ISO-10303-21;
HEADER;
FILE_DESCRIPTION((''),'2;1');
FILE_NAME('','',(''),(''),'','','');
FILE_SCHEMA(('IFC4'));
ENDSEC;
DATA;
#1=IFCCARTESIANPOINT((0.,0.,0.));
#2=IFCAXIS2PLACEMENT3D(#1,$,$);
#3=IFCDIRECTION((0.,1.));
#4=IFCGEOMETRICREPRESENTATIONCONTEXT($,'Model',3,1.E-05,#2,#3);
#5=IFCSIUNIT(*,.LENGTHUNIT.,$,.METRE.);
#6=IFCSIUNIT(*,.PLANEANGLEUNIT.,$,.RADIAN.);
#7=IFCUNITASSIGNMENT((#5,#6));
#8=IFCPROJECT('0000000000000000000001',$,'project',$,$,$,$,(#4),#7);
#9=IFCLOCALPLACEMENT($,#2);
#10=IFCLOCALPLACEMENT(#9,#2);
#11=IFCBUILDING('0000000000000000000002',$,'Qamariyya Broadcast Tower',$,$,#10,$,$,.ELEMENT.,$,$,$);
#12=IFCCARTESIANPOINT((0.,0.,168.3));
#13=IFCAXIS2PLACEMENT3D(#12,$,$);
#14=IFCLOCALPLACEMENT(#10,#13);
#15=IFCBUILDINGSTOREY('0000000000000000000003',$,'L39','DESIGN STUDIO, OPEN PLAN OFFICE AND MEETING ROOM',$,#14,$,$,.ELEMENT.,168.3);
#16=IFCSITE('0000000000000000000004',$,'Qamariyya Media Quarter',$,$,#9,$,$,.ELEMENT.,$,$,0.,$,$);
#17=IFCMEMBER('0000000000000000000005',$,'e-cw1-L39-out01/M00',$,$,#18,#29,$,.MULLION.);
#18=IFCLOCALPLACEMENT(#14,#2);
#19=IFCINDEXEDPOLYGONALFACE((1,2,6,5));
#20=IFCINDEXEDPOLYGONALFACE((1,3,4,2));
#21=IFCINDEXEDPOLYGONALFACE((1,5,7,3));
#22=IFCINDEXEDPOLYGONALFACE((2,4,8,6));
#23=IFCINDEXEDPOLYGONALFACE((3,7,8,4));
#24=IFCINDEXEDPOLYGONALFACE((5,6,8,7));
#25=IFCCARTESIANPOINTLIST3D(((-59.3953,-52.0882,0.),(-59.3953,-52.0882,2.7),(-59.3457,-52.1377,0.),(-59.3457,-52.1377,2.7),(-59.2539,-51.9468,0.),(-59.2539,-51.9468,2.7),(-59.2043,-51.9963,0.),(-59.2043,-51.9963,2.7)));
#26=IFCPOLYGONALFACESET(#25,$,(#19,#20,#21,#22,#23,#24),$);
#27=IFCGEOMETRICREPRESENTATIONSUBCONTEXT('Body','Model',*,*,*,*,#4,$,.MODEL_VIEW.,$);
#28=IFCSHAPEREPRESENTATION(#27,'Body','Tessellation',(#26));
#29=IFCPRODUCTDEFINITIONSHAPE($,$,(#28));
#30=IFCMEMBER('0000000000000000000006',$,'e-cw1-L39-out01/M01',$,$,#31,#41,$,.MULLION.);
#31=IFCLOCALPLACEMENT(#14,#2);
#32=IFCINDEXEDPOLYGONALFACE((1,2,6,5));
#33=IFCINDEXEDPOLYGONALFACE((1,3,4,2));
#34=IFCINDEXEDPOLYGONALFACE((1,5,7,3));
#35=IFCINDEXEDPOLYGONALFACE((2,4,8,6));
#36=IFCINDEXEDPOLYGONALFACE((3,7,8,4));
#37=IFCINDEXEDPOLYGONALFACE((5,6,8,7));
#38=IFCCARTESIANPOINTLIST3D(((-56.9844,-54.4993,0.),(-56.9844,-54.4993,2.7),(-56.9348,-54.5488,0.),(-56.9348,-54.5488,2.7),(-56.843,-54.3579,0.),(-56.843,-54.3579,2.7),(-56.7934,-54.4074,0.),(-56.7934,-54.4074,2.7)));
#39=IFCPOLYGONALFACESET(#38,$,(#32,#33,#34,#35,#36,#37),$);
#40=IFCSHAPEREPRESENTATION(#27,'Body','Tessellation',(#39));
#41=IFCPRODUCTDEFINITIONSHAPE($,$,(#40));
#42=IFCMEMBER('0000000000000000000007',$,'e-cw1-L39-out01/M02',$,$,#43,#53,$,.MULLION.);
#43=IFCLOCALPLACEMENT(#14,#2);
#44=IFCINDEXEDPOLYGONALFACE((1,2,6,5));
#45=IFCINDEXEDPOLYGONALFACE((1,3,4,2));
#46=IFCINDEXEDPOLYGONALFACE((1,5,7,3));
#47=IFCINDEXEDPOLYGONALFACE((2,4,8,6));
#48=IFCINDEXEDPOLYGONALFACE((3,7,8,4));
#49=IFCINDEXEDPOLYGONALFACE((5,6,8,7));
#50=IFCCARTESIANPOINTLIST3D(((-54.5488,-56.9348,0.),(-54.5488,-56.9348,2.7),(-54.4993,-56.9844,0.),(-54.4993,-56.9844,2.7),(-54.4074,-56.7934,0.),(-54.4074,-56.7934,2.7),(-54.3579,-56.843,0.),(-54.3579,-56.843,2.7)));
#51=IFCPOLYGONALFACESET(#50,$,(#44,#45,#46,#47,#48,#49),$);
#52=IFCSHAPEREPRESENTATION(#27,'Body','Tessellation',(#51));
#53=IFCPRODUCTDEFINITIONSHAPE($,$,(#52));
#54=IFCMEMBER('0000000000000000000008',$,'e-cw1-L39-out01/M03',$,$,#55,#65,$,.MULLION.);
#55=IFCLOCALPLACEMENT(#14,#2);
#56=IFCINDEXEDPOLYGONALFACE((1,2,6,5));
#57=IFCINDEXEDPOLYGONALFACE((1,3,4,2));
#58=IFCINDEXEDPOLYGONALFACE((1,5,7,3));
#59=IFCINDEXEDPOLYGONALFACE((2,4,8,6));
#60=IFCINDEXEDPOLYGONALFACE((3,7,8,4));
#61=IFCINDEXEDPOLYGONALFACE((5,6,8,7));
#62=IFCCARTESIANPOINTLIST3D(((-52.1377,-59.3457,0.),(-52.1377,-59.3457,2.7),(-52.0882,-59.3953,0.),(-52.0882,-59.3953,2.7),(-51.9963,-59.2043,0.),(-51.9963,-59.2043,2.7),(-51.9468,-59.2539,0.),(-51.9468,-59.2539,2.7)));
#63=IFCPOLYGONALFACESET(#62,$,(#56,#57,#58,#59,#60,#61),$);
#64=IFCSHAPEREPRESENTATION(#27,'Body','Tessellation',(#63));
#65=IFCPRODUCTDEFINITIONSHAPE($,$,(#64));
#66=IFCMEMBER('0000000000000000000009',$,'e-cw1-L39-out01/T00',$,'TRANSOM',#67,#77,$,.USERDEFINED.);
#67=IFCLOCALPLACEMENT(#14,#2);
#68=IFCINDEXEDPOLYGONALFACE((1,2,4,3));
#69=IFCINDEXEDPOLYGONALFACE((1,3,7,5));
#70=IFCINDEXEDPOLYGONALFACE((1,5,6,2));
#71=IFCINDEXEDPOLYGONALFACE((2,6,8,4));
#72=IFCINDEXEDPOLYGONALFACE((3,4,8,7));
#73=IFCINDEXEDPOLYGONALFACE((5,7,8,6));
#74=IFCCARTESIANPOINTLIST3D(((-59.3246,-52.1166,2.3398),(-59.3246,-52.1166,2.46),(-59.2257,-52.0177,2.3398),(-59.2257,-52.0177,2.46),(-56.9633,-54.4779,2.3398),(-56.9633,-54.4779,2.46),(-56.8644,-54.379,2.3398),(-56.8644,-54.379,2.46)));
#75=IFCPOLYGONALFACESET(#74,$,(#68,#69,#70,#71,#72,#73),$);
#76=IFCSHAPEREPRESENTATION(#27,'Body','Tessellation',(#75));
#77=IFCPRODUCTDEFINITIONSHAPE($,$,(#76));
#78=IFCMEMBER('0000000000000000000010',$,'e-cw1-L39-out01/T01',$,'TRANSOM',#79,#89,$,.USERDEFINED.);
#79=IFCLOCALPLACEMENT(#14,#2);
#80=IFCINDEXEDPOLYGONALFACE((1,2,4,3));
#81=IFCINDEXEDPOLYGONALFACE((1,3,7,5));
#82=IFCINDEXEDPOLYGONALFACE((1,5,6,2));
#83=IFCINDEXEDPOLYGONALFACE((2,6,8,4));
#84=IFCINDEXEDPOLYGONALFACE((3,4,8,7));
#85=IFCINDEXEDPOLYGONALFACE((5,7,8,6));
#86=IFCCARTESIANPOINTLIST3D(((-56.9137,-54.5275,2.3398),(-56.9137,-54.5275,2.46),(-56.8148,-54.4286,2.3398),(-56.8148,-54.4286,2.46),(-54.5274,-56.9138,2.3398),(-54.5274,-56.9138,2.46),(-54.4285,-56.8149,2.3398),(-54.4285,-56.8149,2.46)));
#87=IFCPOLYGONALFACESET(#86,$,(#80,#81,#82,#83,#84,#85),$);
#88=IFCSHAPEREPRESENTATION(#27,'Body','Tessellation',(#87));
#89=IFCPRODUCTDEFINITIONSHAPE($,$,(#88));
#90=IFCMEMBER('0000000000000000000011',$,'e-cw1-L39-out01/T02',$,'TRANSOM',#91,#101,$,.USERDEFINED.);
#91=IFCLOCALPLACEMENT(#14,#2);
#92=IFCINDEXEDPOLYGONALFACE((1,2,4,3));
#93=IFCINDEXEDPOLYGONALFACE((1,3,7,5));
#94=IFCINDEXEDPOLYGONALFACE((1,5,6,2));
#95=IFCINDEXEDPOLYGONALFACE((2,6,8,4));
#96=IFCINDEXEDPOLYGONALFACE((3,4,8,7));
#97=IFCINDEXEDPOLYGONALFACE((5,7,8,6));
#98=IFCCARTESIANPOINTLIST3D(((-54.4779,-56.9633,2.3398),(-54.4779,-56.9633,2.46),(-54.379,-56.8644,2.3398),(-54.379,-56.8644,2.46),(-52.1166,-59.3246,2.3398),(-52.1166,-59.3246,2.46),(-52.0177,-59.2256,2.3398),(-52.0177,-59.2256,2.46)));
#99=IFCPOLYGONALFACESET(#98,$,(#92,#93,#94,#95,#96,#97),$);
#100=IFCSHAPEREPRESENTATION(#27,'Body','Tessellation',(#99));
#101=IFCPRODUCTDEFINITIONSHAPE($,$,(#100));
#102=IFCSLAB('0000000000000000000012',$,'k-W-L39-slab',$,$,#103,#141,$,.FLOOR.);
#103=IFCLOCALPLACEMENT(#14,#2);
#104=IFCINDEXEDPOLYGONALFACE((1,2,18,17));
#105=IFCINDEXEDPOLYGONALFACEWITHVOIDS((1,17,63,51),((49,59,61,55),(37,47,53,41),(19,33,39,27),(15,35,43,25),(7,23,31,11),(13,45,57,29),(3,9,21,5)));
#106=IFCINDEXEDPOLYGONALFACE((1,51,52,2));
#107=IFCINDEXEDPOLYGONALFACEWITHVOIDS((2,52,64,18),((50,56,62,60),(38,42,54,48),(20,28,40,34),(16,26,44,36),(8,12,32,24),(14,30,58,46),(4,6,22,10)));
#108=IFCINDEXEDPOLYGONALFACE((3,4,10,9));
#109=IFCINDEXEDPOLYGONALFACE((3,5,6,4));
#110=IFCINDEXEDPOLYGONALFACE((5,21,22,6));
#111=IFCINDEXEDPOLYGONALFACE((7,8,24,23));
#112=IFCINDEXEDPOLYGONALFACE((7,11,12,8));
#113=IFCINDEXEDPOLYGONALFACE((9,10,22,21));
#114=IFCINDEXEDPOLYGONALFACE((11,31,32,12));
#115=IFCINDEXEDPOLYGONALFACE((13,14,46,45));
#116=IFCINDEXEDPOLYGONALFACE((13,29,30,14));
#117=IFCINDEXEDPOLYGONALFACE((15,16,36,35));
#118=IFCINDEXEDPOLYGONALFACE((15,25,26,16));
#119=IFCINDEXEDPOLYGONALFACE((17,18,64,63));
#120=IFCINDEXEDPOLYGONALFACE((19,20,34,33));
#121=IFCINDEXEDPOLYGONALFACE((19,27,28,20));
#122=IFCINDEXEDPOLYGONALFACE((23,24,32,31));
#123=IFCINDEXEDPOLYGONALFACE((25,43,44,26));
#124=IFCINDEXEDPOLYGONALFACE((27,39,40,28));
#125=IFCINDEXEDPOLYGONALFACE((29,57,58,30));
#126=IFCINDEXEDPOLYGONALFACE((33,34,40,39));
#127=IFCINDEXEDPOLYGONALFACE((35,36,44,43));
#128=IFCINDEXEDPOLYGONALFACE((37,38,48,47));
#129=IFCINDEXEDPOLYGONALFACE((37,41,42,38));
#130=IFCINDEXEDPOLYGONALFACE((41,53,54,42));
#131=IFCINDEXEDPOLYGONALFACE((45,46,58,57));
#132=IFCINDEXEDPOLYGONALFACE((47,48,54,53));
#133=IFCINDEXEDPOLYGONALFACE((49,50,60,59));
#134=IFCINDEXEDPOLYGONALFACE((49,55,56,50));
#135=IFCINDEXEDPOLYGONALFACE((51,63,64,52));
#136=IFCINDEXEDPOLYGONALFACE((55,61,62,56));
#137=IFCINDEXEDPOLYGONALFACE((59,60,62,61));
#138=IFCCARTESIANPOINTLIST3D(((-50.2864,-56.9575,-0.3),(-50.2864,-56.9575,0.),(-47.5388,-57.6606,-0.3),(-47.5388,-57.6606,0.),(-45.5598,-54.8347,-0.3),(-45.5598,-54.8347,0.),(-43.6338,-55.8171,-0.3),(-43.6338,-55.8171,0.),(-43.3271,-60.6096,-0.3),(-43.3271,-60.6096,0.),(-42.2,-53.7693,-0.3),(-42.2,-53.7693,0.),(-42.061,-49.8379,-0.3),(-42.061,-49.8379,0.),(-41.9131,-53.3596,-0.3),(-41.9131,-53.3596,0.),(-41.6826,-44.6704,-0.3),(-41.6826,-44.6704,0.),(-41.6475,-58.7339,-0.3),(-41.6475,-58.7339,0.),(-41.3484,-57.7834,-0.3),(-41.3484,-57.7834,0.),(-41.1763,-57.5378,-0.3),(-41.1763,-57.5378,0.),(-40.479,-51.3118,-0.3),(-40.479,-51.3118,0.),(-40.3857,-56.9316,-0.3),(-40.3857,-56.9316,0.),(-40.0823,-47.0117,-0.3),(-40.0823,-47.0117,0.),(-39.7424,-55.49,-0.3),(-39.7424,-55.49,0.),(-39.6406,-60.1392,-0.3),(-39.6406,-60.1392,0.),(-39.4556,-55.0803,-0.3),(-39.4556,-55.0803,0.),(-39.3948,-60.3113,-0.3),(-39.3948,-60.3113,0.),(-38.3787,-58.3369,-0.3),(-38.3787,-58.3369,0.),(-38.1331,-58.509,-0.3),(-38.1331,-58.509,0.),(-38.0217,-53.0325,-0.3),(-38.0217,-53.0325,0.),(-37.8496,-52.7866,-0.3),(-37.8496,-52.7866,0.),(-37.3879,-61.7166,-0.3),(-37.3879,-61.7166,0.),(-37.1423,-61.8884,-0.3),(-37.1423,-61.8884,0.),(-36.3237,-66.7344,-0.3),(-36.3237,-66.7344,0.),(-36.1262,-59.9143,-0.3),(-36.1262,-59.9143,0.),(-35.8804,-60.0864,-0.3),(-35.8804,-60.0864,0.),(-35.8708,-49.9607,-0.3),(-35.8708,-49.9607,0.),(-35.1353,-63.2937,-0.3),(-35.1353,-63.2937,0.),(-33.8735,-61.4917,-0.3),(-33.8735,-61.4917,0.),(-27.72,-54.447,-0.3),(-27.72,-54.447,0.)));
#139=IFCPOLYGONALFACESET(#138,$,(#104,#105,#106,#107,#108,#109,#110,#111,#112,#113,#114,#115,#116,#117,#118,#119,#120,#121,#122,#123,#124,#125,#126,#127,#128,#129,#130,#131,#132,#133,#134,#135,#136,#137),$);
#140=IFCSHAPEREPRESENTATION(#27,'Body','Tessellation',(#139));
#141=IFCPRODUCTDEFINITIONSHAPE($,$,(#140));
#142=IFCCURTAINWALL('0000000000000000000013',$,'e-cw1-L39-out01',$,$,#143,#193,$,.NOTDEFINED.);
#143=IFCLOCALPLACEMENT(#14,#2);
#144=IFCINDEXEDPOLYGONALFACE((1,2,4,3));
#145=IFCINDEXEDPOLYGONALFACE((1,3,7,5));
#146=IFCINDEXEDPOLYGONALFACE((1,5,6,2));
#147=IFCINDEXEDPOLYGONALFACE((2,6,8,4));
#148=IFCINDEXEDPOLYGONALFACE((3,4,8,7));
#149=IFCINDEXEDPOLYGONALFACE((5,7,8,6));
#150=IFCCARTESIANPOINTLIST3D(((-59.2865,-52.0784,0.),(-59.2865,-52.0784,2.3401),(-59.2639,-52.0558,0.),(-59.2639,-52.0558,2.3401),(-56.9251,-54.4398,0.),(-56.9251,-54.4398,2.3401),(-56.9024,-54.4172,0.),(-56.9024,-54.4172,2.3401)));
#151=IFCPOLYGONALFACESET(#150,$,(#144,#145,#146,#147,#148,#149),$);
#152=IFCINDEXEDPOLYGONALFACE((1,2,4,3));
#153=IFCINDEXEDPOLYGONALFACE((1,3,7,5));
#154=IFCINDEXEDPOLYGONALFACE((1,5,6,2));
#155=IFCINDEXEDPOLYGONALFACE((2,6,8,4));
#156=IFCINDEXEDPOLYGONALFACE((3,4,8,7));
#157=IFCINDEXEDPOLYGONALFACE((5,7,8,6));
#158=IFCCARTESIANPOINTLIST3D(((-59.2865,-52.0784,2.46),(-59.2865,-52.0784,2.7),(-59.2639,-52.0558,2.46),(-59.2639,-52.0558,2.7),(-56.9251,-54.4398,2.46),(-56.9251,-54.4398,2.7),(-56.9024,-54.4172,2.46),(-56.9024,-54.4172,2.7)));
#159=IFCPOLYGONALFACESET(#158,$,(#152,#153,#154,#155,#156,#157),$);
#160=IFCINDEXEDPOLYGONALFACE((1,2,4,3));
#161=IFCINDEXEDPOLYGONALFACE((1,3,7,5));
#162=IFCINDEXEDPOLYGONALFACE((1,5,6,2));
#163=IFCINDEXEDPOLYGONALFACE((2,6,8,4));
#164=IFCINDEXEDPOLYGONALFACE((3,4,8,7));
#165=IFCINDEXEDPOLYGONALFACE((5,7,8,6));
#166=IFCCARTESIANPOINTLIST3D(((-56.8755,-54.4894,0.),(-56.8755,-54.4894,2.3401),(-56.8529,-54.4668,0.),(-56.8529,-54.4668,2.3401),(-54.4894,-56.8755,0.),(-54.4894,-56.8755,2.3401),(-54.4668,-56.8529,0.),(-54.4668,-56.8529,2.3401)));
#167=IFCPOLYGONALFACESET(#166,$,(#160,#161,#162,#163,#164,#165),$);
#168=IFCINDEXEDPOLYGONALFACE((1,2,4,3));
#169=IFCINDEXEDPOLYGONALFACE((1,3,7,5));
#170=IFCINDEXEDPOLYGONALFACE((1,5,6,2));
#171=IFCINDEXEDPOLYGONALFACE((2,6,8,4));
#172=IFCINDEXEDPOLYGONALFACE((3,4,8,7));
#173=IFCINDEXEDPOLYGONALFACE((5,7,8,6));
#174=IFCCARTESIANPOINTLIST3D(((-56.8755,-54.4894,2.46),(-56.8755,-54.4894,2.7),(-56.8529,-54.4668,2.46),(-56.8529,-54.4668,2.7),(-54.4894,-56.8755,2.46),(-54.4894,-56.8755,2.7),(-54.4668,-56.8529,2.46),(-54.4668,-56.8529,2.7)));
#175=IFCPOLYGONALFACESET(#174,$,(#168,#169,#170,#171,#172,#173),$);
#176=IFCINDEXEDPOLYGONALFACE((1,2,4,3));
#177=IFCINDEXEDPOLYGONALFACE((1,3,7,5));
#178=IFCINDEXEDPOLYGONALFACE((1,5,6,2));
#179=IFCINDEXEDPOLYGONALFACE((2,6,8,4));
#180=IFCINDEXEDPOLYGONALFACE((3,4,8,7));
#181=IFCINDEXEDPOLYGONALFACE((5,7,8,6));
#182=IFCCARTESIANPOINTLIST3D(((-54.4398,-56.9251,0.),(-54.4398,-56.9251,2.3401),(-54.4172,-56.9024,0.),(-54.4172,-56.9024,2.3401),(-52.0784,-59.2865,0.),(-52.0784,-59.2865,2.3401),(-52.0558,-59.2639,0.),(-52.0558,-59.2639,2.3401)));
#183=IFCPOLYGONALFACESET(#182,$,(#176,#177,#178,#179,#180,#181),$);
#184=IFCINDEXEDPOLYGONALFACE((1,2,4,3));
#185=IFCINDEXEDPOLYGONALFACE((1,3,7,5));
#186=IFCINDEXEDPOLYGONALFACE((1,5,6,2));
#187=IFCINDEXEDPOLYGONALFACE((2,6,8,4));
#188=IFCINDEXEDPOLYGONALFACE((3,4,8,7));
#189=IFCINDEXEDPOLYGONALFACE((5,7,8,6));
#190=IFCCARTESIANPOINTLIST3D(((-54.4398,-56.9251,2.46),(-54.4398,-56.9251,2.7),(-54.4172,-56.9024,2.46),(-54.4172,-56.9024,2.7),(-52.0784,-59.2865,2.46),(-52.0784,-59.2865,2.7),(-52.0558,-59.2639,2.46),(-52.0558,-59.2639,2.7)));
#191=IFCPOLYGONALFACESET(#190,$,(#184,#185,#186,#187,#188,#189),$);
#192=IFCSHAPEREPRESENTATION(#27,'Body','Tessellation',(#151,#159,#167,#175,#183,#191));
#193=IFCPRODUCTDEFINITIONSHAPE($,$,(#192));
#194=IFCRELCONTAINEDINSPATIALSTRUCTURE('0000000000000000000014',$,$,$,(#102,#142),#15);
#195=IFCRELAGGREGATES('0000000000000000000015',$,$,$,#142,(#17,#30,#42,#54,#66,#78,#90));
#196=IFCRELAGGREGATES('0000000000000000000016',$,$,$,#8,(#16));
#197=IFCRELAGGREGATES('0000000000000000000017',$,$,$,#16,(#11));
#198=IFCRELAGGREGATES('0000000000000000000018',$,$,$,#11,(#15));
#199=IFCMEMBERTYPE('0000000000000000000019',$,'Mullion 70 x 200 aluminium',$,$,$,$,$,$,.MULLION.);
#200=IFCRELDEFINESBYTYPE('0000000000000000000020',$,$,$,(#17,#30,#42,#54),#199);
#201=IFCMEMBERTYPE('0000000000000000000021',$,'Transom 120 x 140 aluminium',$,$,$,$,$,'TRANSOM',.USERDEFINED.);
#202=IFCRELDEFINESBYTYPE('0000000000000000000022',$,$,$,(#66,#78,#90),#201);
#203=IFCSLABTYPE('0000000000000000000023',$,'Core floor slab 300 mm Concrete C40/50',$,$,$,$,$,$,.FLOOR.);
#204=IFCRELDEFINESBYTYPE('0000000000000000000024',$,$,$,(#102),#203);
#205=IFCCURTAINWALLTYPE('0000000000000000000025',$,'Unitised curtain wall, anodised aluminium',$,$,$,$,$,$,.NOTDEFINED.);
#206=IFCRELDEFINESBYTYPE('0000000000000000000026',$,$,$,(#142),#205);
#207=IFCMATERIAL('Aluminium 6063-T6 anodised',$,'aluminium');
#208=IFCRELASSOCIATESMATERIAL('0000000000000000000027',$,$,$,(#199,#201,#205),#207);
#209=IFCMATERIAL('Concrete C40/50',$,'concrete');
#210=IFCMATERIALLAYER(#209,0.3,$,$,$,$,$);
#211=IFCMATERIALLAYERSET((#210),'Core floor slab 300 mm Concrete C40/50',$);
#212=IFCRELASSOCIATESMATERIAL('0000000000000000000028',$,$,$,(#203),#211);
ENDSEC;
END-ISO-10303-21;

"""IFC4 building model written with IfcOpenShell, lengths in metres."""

from ifc_helpers import new_model, si_unit, direction, frame, origin, origin_2d, place, context, subcontext, project, spatial, polyline, rectangle, outline, extrude, material, layer, layer_set, material_profile, profile_set, type_object, element, aggregate, save


model = new_model("IFC4")

# Units and contexts
model_context = context("Model", 3, precision=1e-05, world=origin(), true_north=direction((0.0, 1.0)))
body_context = subcontext(model_context, "Body", "Model", "MODEL_VIEW")
ifc_project = project(units=[si_unit("LENGTHUNIT", "METRE"), si_unit("PLANEANGLEUNIT", "RADIAN")], contexts=[model_context])

# Members
ifc_material_1 = material(Name="Aluminium 6063-T6 anodised", Category="aluminium")
ifc_material_profile_1 = material_profile(ifc_material_1, rectangle(XDim=0.2, YDim=0.0701, at=origin_2d()))
ifc_profile_set_1 = profile_set([ifc_material_profile_1], Name="Aluminium 6063-T6 anodised")
member_type_1 = type_object("IfcMemberType", Name="Mullion 70 x 200 aluminium", PredefinedType="MULLION", material=ifc_profile_set_1)
site_placement = place(None, origin())
building_placement = place(site_placement, origin())
storey_placement = place(building_placement, frame((0.0, 0.0, 168.3)))
member_1_placement = place(storey_placement, frame((-59.2998, -52.0422, 0.0), z_axis=(0.0, 0.0, 1.0), x_axis=(0.707107, 0.707107, 0.0)))
member_1 = element("IfcMember", 1, at=member_1_placement, type_object=member_type_1, Name="e-cw1-L39-out01/M00", PredefinedType="MULLION", context=body_context, shape_type="SweptSolid", body=[
    extrude(rectangle(XDim=0.2, YDim=0.0701, at=origin_2d()), origin(), (0.0, 0.0, 1.0), 2.7),
])
member_2_placement = place(storey_placement, frame((-56.8889, -54.4534, 0.0), z_axis=(0.0, 0.0, 1.0), x_axis=(0.707107, 0.707107, 0.0)))
member_2 = element("IfcMember", 2, at=member_2_placement, type_object=member_type_1, Name="e-cw1-L39-out01/M01", PredefinedType="MULLION", context=body_context, shape_type="SweptSolid", body=[
    extrude(rectangle(XDim=0.2, YDim=0.0701, at=origin_2d()), origin(), (0.0, 0.0, 1.0), 2.7),
])
member_3_placement = place(storey_placement, frame((-54.4534, -56.8889, 0.0), z_axis=(0.0, 0.0, 1.0), x_axis=(0.707107, 0.707107, 0.0)))
member_3 = element("IfcMember", 3, at=member_3_placement, type_object=member_type_1, Name="e-cw1-L39-out01/M02", PredefinedType="MULLION", context=body_context, shape_type="SweptSolid", body=[
    extrude(rectangle(XDim=0.2, YDim=0.0701, at=origin_2d()), origin(), (0.0, 0.0, 1.0), 2.7),
])
member_4_placement = place(storey_placement, frame((-52.0422, -59.2998, 0.0), z_axis=(0.0, 0.0, 1.0), x_axis=(0.707107, 0.707107, 0.0)))
member_4 = element("IfcMember", 4, at=member_4_placement, type_object=member_type_1, Name="e-cw1-L39-out01/M03", PredefinedType="MULLION", context=body_context, shape_type="SweptSolid", body=[
    extrude(rectangle(XDim=0.2, YDim=0.0701, at=origin_2d()), origin(), (0.0, 0.0, 1.0), 2.7),
])
ifc_material_profile_2 = material_profile(ifc_material_1, rectangle(XDim=0.1399, YDim=0.1201, at=origin_2d()))
ifc_profile_set_2 = profile_set([ifc_material_profile_2], Name="Aluminium 6063-T6 anodised")
member_type_2 = type_object("IfcMemberType", Name="Transom 120 x 140 aluminium", ElementType="TRANSOM", PredefinedType="USERDEFINED", material=ifc_profile_set_2)
member_5_placement = place(storey_placement, frame((-59.2751, -52.0671, 2.3999), z_axis=(0.707107, -0.707107, 0.0), x_axis=(0.707107, 0.707107, 0.0)))
member_5 = element("IfcMember", 5, at=member_5_placement, type_object=member_type_2, Name="e-cw1-L39-out01/T00", ObjectType="TRANSOM", PredefinedType="USERDEFINED", context=body_context, shape_type="SweptSolid", body=[
    extrude(rectangle(XDim=0.1399, YDim=0.1201, at=origin_2d()), origin(), (0.0, 0.0, 1.0), 3.3394),
])
member_6_placement = place(storey_placement, frame((-56.8643, -54.478, 2.3999), z_axis=(0.707107, -0.707107, 0.0), x_axis=(0.707107, 0.707107, 0.0)))
member_6 = element("IfcMember", 6, at=member_6_placement, type_object=member_type_2, Name="e-cw1-L39-out01/T01", ObjectType="TRANSOM", PredefinedType="USERDEFINED", context=body_context, shape_type="SweptSolid", body=[
    extrude(rectangle(XDim=0.1399, YDim=0.1201, at=origin_2d()), origin(), (0.0, 0.0, 1.0), 3.3748),
])
member_7_placement = place(storey_placement, frame((-54.4285, -56.9138, 2.3999), z_axis=(0.707107, -0.707107, 0.0), x_axis=(0.707107, 0.707107, 0.0)))
member_7 = element("IfcMember", 7, at=member_7_placement, type_object=member_type_2, Name="e-cw1-L39-out01/T02", ObjectType="TRANSOM", PredefinedType="USERDEFINED", context=body_context, shape_type="SweptSolid", body=[
    extrude(rectangle(XDim=0.1399, YDim=0.1201, at=origin_2d()), origin(), (0.0, 0.0, 1.0), 3.3394),
])

# Site, building, storey
site = spatial("IfcSite", under=ifc_project, at=site_placement, Name="Qamariyya Media Quarter", CompositionType="ELEMENT", RefElevation=0.0)
building = spatial("IfcBuilding", under=site, at=building_placement, Name="Qamariyya Broadcast Tower", CompositionType="ELEMENT")
storey = spatial("IfcBuildingStorey", under=building, at=storey_placement, Name="L39", Description="DESIGN STUDIO, OPEN PLAN OFFICE AND MEETING ROOM", CompositionType="ELEMENT", Elevation=168.3)

# Slab
ifc_material_2 = material(Name="Concrete C40/50", Category="concrete")
ifc_layer = layer(ifc_material_2, 0.3)
ifc_layer_set = layer_set([ifc_layer], Name="Core floor slab 300 mm Concrete C40/50")
slab_type = type_object("IfcSlabType", Name="Core floor slab 300 mm Concrete C40/50", PredefinedType="FLOOR", material=ifc_layer_set)
slab_1_placement = place(storey_placement, frame((0.0, 0.0, -0.3)))
element("IfcSlab", 8, at=slab_1_placement, inside=storey, type_object=slab_type, Name="k-W-L39-slab", PredefinedType="FLOOR", context=body_context, shape_type="SweptSolid", body=[
    extrude(outline(polyline([(-50.2864, -56.9575), (-36.3237, -66.7344), (-27.72, -54.447), (-41.6826, -44.6704), (-50.2864, -56.9575)]), holes=[polyline([(-33.8735, -61.4917), (-35.8804, -60.0864), (-37.1423, -61.8884), (-35.1353, -63.2937), (-33.8735, -61.4917)]), polyline([(-36.1262, -59.9143), (-38.1331, -58.509), (-39.3948, -60.3113), (-37.3879, -61.7166), (-36.1262, -59.9143)]), polyline([(-38.3787, -58.3369), (-40.3857, -56.9316), (-41.6475, -58.7339), (-39.6406, -60.1392), (-38.3787, -58.3369)]), polyline([(-39.7424, -55.49), (-42.2, -53.7693), (-43.6338, -55.8171), (-41.1763, -57.5378), (-39.7424, -55.49)]), polyline([(-39.4556, -55.0803), (-41.9131, -53.3596), (-40.479, -51.3118), (-38.0217, -53.0325), (-39.4556, -55.0803)]), polyline([(-42.061, -49.8379), (-37.8496, -52.7866), (-35.8708, -49.9607), (-40.0823, -47.0117), (-42.061, -49.8379)]), polyline([(-47.5388, -57.6606), (-43.3271, -60.6096), (-41.3484, -57.7834), (-45.5598, -54.8347), (-47.5388, -57.6606)])]), origin(), (0.0, 0.0, 1.0), 0.3),
])

# Curtain wall
curtain_wall_type = type_object("IfcCurtainWallType", Name="Unitised curtain wall, anodised aluminium", PredefinedType="NOTDEFINED", material=ifc_material_1)
curtain_wall_1_placement = place(storey_placement, origin())
curtain_wall_1 = element("IfcCurtainWall", 9, at=curtain_wall_1_placement, inside=storey, type_object=curtain_wall_type, Name="e-cw1-L39-out01", PredefinedType="NOTDEFINED", context=body_context, shape_type="SweptSolid", body=[
    extrude(rectangle(XDim=3.3396, YDim=0.032, at=origin_2d()), frame((-58.0945, -53.2478, 0.0), x_axis=(0.707107, -0.707107, 0.0)), (0.0, 0.0, 1.0), 2.3401),
    extrude(rectangle(XDim=3.3396, YDim=0.032, at=origin_2d()), frame((-58.0945, -53.2478, 2.46), x_axis=(0.707107, -0.707107, 0.0)), (0.0, 0.0, 1.0), 0.24),
    extrude(rectangle(XDim=3.3745, YDim=0.032, at=origin_2d()), frame((-55.6711, -55.6711, 0.0), x_axis=(0.707107, -0.707107, 0.0)), (0.0, 0.0, 1.0), 2.3401),
    extrude(rectangle(XDim=3.3745, YDim=0.032, at=origin_2d()), frame((-55.6711, -55.6711, 2.46), x_axis=(0.707107, -0.707107, 0.0)), (0.0, 0.0, 1.0), 0.24),
    extrude(rectangle(XDim=3.3396, YDim=0.032, at=origin_2d()), frame((-53.2478, -58.0945, 0.0), x_axis=(0.707107, -0.707107, 0.0)), (0.0, 0.0, 1.0), 2.3401),
    extrude(rectangle(XDim=3.3396, YDim=0.032, at=origin_2d()), frame((-53.2478, -58.0945, 2.46), x_axis=(0.707107, -0.707107, 0.0)), (0.0, 0.0, 1.0), 0.24),
])
aggregate(curtain_wall_1, [member_1, member_2, member_3, member_4, member_5, member_6, member_7])

save(model, "model.ifc")
